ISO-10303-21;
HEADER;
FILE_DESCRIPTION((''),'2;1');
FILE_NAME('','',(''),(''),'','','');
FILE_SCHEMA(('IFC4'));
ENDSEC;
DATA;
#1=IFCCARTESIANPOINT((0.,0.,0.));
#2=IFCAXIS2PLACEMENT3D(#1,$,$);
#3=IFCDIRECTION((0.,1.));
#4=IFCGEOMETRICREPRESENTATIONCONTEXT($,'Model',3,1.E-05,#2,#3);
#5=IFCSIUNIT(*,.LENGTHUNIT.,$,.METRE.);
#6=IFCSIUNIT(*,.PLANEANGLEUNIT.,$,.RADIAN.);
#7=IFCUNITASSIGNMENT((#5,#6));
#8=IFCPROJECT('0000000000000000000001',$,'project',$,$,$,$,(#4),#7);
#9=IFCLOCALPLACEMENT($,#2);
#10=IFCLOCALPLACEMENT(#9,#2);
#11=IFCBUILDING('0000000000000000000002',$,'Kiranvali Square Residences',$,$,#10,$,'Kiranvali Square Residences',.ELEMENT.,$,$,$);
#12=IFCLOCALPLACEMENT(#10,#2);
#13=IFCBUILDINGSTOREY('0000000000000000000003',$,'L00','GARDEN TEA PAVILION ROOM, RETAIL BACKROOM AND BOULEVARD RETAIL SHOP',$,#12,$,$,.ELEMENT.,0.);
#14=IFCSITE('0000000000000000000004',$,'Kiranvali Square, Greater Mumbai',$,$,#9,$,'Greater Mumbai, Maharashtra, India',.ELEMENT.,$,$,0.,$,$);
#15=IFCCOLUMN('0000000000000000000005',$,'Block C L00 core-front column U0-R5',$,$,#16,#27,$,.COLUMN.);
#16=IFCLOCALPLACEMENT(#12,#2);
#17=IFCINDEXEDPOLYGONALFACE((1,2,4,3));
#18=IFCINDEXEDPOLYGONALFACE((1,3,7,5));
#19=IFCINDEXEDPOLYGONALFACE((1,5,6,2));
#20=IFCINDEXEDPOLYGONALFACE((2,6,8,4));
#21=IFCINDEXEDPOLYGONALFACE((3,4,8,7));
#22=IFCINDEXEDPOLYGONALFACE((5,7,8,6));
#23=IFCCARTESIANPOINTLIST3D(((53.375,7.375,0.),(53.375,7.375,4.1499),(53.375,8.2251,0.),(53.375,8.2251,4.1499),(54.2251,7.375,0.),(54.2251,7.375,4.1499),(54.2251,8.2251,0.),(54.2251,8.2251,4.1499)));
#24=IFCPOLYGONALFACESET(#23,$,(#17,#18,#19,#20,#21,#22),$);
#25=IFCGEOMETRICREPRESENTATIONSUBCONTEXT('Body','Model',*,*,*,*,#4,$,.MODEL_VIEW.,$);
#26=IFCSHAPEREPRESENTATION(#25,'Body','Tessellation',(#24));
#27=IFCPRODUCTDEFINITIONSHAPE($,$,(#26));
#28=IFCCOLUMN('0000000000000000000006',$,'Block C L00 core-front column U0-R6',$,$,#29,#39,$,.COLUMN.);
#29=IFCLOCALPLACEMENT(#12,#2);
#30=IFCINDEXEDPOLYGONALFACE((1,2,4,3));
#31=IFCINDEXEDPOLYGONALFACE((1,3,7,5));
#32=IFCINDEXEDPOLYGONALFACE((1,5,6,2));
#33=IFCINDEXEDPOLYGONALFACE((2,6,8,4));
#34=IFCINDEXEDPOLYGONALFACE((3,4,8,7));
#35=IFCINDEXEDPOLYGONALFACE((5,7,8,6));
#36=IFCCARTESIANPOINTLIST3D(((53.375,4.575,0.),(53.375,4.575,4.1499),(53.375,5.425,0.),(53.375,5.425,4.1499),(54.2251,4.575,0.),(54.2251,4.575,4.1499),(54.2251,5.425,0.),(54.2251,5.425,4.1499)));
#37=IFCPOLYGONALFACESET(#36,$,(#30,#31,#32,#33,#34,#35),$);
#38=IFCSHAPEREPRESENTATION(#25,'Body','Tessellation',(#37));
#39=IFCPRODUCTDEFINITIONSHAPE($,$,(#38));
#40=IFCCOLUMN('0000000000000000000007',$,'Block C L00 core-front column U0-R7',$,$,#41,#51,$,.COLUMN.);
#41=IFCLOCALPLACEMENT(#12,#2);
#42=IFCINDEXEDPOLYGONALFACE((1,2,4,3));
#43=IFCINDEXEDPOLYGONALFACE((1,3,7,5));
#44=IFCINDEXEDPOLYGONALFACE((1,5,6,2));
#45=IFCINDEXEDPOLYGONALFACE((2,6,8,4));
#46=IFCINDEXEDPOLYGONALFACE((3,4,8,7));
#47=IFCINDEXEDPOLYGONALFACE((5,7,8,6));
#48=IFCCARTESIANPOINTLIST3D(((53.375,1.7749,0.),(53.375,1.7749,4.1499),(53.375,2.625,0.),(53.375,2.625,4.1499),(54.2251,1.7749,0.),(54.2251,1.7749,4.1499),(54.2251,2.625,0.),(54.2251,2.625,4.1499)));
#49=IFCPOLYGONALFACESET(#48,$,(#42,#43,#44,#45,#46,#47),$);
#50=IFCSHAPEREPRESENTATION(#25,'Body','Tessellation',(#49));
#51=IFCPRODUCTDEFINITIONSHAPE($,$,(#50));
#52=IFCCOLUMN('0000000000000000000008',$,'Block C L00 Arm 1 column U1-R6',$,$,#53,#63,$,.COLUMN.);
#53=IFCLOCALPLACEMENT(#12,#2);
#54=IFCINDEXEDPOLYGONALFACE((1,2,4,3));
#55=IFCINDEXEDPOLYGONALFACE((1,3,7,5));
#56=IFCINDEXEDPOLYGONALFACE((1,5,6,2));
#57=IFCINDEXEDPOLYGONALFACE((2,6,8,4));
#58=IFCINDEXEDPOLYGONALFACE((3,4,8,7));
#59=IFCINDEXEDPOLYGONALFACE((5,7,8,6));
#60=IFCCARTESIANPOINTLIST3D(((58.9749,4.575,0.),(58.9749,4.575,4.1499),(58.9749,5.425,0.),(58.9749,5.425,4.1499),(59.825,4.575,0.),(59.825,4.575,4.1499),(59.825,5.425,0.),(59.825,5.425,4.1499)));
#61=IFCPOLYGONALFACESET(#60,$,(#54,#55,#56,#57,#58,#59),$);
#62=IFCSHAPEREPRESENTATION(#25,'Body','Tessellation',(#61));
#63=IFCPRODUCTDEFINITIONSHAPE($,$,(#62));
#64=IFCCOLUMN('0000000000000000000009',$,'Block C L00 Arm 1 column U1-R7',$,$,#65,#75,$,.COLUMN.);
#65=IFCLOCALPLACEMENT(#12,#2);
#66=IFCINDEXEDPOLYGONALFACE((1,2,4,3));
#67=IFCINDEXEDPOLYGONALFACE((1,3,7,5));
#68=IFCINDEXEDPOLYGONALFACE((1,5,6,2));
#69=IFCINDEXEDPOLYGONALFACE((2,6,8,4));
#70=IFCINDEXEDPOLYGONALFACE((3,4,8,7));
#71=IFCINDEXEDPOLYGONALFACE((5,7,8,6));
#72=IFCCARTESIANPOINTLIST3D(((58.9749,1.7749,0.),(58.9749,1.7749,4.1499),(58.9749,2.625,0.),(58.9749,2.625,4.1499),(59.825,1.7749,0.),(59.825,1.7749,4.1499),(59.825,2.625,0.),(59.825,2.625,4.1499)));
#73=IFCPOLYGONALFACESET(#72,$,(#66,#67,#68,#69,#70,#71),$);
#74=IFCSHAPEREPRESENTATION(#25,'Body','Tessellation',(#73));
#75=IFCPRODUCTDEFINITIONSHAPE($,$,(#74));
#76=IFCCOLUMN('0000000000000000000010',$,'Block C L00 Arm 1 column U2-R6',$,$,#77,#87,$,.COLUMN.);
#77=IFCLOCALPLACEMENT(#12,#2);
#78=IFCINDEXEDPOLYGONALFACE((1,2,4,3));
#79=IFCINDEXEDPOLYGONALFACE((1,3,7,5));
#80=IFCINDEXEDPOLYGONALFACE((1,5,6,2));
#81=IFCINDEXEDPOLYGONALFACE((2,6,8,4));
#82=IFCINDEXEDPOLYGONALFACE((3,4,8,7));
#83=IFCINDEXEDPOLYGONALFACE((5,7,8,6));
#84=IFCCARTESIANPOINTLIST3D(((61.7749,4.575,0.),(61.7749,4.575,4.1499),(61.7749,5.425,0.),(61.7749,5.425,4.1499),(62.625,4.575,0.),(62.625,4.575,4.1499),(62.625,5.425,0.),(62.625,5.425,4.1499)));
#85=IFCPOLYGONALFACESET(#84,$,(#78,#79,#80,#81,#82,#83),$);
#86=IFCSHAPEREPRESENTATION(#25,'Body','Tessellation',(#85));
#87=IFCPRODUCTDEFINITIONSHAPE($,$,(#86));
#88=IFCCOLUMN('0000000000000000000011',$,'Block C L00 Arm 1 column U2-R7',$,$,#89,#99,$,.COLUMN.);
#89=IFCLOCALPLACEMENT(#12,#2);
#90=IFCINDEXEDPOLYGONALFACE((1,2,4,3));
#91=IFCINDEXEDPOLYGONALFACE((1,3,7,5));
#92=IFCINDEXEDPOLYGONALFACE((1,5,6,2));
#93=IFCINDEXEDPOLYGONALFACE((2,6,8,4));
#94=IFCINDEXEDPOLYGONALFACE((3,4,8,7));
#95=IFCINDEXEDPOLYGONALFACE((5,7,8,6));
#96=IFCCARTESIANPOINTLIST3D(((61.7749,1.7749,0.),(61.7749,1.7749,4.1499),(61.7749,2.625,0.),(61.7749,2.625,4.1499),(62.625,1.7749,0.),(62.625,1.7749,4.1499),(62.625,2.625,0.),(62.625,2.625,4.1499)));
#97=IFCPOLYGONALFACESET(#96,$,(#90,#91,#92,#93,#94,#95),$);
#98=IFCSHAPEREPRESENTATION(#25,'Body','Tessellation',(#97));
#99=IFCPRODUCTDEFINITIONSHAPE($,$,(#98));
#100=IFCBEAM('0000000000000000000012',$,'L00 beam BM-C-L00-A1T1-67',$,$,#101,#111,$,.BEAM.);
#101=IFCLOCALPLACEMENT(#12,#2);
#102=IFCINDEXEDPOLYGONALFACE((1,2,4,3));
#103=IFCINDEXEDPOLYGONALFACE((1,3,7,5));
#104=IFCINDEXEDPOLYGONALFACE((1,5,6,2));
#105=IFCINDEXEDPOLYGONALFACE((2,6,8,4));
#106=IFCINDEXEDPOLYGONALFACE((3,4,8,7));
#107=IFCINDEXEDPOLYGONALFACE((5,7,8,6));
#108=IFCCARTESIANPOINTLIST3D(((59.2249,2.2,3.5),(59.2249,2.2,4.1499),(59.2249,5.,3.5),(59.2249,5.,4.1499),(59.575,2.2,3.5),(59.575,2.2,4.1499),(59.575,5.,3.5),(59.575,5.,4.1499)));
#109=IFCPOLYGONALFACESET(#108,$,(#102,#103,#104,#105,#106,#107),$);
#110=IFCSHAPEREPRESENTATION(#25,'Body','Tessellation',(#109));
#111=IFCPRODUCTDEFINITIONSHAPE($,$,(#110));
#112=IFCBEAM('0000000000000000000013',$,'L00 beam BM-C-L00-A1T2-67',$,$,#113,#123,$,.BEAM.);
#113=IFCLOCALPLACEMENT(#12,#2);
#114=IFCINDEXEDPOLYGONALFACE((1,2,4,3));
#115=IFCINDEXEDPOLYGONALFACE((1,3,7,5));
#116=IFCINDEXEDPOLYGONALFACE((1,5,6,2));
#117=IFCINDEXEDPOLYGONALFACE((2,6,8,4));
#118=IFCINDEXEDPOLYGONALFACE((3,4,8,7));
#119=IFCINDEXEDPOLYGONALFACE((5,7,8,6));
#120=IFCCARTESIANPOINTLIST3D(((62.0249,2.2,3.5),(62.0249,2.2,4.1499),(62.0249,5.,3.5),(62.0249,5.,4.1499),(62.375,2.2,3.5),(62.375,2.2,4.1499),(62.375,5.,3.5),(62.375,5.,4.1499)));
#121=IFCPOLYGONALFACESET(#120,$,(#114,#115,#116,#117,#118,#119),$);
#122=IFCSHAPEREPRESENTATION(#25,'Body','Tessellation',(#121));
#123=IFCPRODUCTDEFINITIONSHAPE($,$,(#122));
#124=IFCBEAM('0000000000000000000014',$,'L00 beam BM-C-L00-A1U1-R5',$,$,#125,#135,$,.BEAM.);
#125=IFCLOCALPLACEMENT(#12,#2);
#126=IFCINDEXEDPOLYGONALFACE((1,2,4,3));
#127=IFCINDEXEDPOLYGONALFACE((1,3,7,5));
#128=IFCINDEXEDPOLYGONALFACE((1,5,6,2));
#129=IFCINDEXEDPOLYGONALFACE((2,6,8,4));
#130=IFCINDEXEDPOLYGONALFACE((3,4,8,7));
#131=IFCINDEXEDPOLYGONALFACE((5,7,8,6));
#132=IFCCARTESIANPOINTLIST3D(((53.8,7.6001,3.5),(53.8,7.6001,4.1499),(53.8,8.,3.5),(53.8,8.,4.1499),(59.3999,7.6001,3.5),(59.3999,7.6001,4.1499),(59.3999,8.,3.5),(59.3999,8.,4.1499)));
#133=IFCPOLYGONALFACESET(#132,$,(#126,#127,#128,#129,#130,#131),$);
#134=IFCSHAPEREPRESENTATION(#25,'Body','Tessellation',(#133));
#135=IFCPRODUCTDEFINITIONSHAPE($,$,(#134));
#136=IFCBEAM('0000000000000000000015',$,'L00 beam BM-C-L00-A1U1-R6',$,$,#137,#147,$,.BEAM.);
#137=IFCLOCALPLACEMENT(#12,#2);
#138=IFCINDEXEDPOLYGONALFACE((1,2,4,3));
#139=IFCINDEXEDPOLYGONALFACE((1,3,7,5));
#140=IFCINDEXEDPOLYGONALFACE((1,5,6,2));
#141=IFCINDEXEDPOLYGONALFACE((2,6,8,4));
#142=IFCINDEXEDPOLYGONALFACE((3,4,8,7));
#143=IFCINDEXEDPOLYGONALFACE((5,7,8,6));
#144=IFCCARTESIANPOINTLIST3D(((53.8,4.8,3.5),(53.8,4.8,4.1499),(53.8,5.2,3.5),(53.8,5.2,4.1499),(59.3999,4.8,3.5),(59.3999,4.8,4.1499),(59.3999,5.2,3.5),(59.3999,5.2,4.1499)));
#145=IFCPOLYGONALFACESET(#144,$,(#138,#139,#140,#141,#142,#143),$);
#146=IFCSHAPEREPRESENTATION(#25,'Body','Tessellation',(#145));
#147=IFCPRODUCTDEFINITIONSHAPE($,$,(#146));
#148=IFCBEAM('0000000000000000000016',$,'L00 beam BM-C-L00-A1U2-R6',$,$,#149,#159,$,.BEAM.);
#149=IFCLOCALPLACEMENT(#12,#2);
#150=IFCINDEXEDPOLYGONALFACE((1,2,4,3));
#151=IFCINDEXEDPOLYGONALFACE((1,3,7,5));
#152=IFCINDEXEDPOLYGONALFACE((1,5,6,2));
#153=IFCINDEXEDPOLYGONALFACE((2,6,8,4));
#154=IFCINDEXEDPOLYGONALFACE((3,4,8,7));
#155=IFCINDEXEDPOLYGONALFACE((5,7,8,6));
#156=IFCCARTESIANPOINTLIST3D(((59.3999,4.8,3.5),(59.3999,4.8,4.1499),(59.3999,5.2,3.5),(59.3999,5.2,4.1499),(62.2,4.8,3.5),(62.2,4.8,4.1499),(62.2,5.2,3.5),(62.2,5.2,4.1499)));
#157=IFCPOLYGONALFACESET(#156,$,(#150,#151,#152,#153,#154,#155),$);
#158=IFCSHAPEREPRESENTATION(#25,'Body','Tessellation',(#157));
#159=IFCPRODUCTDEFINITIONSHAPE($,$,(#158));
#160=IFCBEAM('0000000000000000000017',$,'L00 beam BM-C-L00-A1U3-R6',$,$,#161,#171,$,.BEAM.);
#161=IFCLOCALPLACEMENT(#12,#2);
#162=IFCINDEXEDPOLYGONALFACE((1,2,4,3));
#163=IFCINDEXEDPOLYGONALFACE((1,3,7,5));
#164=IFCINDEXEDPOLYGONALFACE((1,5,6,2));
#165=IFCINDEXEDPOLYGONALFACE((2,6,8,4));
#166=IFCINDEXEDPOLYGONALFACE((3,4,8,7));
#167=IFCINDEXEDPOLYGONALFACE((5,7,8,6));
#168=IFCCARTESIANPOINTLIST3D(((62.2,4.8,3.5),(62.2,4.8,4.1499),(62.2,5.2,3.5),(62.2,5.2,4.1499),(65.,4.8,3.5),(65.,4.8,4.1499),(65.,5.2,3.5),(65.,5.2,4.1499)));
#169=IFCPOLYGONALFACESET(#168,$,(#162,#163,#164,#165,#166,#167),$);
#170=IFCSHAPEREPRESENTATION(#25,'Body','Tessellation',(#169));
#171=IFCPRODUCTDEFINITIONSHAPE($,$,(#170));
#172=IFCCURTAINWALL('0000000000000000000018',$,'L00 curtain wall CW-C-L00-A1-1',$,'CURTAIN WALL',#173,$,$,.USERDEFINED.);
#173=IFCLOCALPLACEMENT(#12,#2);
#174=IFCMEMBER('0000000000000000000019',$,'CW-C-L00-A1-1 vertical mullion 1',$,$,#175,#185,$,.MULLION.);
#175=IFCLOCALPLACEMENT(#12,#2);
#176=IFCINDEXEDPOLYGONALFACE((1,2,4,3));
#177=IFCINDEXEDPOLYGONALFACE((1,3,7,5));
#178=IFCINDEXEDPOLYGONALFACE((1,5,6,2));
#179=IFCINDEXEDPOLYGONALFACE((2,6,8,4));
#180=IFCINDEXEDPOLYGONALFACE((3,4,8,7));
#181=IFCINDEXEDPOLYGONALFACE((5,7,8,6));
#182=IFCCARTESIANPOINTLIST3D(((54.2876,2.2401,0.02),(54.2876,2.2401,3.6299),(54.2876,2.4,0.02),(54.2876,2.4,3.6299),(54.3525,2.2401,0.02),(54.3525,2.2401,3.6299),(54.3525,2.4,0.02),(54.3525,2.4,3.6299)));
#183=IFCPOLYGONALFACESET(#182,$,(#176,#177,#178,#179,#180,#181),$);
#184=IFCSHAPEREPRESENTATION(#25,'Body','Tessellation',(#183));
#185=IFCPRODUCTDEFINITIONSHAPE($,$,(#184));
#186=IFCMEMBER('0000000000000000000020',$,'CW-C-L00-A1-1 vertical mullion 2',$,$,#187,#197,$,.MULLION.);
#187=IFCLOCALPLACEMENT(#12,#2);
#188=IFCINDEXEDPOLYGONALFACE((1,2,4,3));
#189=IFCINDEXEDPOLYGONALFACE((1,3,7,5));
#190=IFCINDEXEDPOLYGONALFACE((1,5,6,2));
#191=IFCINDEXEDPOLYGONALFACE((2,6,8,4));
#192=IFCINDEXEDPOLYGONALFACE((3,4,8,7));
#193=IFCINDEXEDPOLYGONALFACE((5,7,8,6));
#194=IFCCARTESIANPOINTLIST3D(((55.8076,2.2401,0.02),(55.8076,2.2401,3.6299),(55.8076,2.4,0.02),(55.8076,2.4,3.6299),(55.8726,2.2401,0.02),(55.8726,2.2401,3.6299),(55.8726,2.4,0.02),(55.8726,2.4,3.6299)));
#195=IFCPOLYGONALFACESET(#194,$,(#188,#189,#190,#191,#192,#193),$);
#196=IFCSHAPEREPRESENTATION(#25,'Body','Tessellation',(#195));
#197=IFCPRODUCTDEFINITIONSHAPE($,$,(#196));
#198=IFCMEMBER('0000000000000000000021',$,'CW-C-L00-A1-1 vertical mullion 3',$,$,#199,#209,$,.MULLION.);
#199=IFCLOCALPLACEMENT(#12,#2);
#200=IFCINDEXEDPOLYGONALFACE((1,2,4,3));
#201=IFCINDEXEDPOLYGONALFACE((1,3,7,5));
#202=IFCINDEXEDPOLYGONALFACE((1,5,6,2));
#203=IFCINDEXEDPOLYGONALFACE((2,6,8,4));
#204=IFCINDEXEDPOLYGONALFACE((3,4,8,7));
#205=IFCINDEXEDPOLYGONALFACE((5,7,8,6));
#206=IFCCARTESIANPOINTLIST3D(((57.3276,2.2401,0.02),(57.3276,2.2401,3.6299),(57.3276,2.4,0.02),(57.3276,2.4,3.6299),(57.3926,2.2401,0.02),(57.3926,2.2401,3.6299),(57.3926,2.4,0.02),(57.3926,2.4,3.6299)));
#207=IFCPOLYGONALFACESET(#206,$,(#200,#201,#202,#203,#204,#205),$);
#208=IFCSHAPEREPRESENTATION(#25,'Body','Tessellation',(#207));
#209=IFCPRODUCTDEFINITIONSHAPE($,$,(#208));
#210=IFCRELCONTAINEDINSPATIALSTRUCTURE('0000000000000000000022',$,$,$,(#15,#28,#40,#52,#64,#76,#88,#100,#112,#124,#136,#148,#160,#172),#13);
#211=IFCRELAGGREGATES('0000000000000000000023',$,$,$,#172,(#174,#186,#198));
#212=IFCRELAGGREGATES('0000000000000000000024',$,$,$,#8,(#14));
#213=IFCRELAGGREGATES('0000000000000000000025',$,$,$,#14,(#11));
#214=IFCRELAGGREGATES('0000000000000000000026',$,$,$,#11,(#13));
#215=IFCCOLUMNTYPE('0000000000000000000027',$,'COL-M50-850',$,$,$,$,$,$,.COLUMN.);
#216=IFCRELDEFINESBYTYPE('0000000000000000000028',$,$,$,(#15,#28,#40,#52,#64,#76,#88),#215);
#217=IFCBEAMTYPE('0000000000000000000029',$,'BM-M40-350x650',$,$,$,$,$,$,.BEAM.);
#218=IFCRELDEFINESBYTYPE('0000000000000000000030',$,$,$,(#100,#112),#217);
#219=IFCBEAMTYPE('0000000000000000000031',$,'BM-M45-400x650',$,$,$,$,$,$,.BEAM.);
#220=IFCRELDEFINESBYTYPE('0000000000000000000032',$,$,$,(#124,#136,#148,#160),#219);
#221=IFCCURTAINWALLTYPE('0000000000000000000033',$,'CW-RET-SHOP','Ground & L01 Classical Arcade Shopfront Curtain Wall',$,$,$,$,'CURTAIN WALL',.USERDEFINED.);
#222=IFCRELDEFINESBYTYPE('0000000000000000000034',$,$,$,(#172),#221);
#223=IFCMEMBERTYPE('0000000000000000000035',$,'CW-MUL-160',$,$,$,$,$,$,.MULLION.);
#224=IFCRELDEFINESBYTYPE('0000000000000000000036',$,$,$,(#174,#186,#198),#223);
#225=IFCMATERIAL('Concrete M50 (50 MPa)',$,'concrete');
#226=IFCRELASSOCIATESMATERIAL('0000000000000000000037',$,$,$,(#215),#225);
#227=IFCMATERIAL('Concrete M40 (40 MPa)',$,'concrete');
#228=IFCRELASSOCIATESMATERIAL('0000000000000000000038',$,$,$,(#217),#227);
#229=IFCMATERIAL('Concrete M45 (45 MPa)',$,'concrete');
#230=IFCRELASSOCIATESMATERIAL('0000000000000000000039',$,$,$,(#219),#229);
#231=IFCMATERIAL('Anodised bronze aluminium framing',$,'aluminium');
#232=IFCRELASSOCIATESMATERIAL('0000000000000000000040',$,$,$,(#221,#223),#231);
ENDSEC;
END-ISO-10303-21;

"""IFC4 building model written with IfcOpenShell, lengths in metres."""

from ifc_helpers import new_model, si_unit, direction, frame, origin, origin_2d, place, context, subcontext, project, spatial, rectangle, extrude, material, material_profile, profile_set, type_object, element, aggregate, save


model = new_model("IFC4")

# Units and contexts
model_context = context("Model", 3, precision=1e-05, world=origin(), true_north=direction((0.0, 1.0)))
body_context = subcontext(model_context, "Body", "Model", "MODEL_VIEW")
ifc_project = project(units=[si_unit("LENGTHUNIT", "METRE"), si_unit("PLANEANGLEUNIT", "RADIAN")], contexts=[model_context])

# Site, building, storey
site_placement = place(None, origin())
site = spatial("IfcSite", under=ifc_project, at=site_placement, Name="Kiranvali Square, Greater Mumbai", LongName="Greater Mumbai, Maharashtra, India", CompositionType="ELEMENT", RefElevation=0.0)
building_placement = place(site_placement, origin())
building = spatial("IfcBuilding", under=site, at=building_placement, Name="Kiranvali Square Residences", LongName="Kiranvali Square Residences", CompositionType="ELEMENT")
storey_placement = place(building_placement, origin())
storey = spatial("IfcBuildingStorey", under=building, at=storey_placement, Name="L00", Description="GARDEN TEA PAVILION ROOM, RETAIL BACKROOM AND BOULEVARD RETAIL SHOP", CompositionType="ELEMENT", Elevation=0.0)

# Columns
ifc_material_1 = material(Name="Concrete M50 (50 MPa)", Category="concrete")
ifc_material_profile_1 = material_profile(ifc_material_1, rectangle(XDim=0.8501, YDim=0.8501, at=origin_2d()), Name="RC 850x850")
ifc_profile_set_1 = profile_set([ifc_material_profile_1], Name="Concrete M50 (50 MPa)")
column_type = type_object("IfcColumnType", Name="COL-M50-850", PredefinedType="COLUMN", material=ifc_profile_set_1)
for number, where, z_axis, x_axis, name in (
    (1, (53.8, 7.8, 0.0), (0.0, 0.0, 1.0), (1.0, 0.0, 0.0), "Block C L00 core-front column U0-R5"),
    (2, (53.8, 5.0, 0.0), (0.0, 0.0, 1.0), (1.0, 0.0, 0.0), "Block C L00 core-front column U0-R6"),
    (3, (53.8, 2.2, 0.0), (0.0, 0.0, 1.0), (1.0, 0.0, 0.0), "Block C L00 core-front column U0-R7"),
    (4, (59.3999, 5.0, 0.0), (0.0, 0.0, 1.0), (1.0, 0.0, 0.0), "Block C L00 Arm 1 column U1-R6"),
    (5, (59.3999, 2.2, 0.0), (0.0, 0.0, 1.0), (1.0, 0.0, 0.0), "Block C L00 Arm 1 column U1-R7"),
    (6, (62.2, 5.0, 0.0), (0.0, 0.0, 1.0), (1.0, 0.0, 0.0), "Block C L00 Arm 1 column U2-R6"),
    (7, (62.2, 2.2, 0.0), (0.0, 0.0, 1.0), (1.0, 0.0, 0.0), "Block C L00 Arm 1 column U2-R7"),
):
    element("IfcColumn", number, at=place(storey_placement, frame(where, z_axis=z_axis, x_axis=x_axis)), inside=storey, type_object=column_type, Name=name, PredefinedType="COLUMN", context=body_context, shape_type="SweptSolid", body=[
        extrude(rectangle(XDim=0.8501, YDim=0.8501, at=origin_2d()), origin(), (0.0, 0.0, 1.0), 4.1499),
    ])

# Beams
ifc_material_2 = material(Name="Concrete M40 (40 MPa)", Category="concrete")
ifc_material_profile_2 = material_profile(ifc_material_2, rectangle(XDim=0.3501, YDim=0.6499, at=origin_2d()), Name="RC 350x650")
ifc_profile_set_2 = profile_set([ifc_material_profile_2], Name="Concrete M40 (40 MPa)")
beam_type_1 = type_object("IfcBeamType", Name="BM-M40-350x650", PredefinedType="BEAM", material=ifc_profile_set_2)
for number, where, z_axis, x_axis, name in (
    (8, (59.3999, 5.0, 3.825), (0.0, -1.0, 0.0), (1.0, 0.0, 0.0), "L00 beam BM-C-L00-A1T1-67"),
    (9, (62.2, 5.0, 3.825), (0.0, -1.0, 0.0), (1.0, 0.0, 0.0), "L00 beam BM-C-L00-A1T2-67"),
):
    element("IfcBeam", number, at=place(storey_placement, frame(where, z_axis=z_axis, x_axis=x_axis)), inside=storey, type_object=beam_type_1, Name=name, PredefinedType="BEAM", context=body_context, shape_type="SweptSolid", body=[
        extrude(rectangle(XDim=0.3501, YDim=0.6499, at=origin_2d()), origin(), (0.0, 0.0, 1.0), 2.8),
    ])
ifc_material_3 = material(Name="Concrete M45 (45 MPa)", Category="concrete")
ifc_material_profile_3 = material_profile(ifc_material_3, rectangle(XDim=0.3999, YDim=0.6499, at=origin_2d()), Name="RC 400x650")
ifc_profile_set_3 = profile_set([ifc_material_profile_3], Name="Concrete M45 (45 MPa)")
beam_type_2 = type_object("IfcBeamType", Name="BM-M45-400x650", PredefinedType="BEAM", material=ifc_profile_set_3)
for number, where, z_axis, x_axis, name in (
    (10, (53.8, 7.8, 3.825), (1.0, 0.0, 0.0), (0.0, 1.0, 0.0), "L00 beam BM-C-L00-A1U1-R5"),
    (11, (53.8, 5.0, 3.825), (1.0, 0.0, 0.0), (0.0, 1.0, 0.0), "L00 beam BM-C-L00-A1U1-R6"),
):
    element("IfcBeam", number, at=place(storey_placement, frame(where, z_axis=z_axis, x_axis=x_axis)), inside=storey, type_object=beam_type_2, Name=name, PredefinedType="BEAM", context=body_context, shape_type="SweptSolid", body=[
        extrude(rectangle(XDim=0.3999, YDim=0.6499, at=origin_2d()), origin(), (0.0, 0.0, 1.0), 5.5999),
    ])
for number, where, z_axis, x_axis, name in (
    (12, (59.3999, 5.0, 3.825), (1.0, 0.0, 0.0), (0.0, 1.0, 0.0), "L00 beam BM-C-L00-A1U2-R6"),
    (13, (62.2, 5.0, 3.825), (1.0, 0.0, 0.0), (0.0, 1.0, 0.0), "L00 beam BM-C-L00-A1U3-R6"),
):
    element("IfcBeam", number, at=place(storey_placement, frame(where, z_axis=z_axis, x_axis=x_axis)), inside=storey, type_object=beam_type_2, Name=name, PredefinedType="BEAM", context=body_context, shape_type="SweptSolid", body=[
        extrude(rectangle(XDim=0.3999, YDim=0.6499, at=origin_2d()), origin(), (0.0, 0.0, 1.0), 2.8),
    ])

# Curtain wall, members
ifc_material_4 = material(Name="Anodised bronze aluminium framing", Category="aluminium")
curtain_wall_type = type_object("IfcCurtainWallType", Name="CW-RET-SHOP", Description="Ground & L01 Classical Arcade Shopfront Curtain Wall", ElementType="CURTAIN WALL", PredefinedType="USERDEFINED", material=ifc_material_4)
curtain_wall_placement = place(storey_placement, origin())
curtain_wall = element("IfcCurtainWall", 14, at=curtain_wall_placement, inside=storey, type_object=curtain_wall_type, Name="L00 curtain wall CW-C-L00-A1-1", ObjectType="CURTAIN WALL", PredefinedType="USERDEFINED")
ifc_material_profile_4 = material_profile(ifc_material_4, rectangle(XDim=0.0649, YDim=0.1599, at=origin_2d()), Name="ALU 65x160")
ifc_profile_set_4 = profile_set([ifc_material_profile_4], Name="Anodised bronze aluminium framing")
member_type_1 = type_object("IfcMemberType", Name="CW-MUL-160", PredefinedType="MULLION", material=ifc_profile_set_4)
member_1_placement = place(storey_placement, frame((54.3201, 2.3201, 0.02), z_axis=(0.0, 0.0, 1.0), x_axis=(1.0, 0.0, 0.0)))
member_1 = element("IfcMember", 15, at=member_1_placement, type_object=member_type_1, Name="CW-C-L00-A1-1 vertical mullion 1", PredefinedType="MULLION", context=body_context, shape_type="SweptSolid", body=[
    extrude(rectangle(XDim=0.0649, YDim=0.1599, at=origin_2d()), origin(), (0.0, 0.0, 1.0), 3.6099),
])
member_2_placement = place(storey_placement, frame((55.8401, 2.3201, 0.02), z_axis=(0.0, 0.0, 1.0), x_axis=(1.0, 0.0, 0.0)))
member_2 = element("IfcMember", 16, at=member_2_placement, type_object=member_type_1, Name="CW-C-L00-A1-1 vertical mullion 2", PredefinedType="MULLION", context=body_context, shape_type="SweptSolid", body=[
    extrude(rectangle(XDim=0.0649, YDim=0.1599, at=origin_2d()), origin(), (0.0, 0.0, 1.0), 3.6099),
])
member_3_placement = place(storey_placement, frame((57.3601, 2.3201, 0.02), z_axis=(0.0, 0.0, 1.0), x_axis=(1.0, 0.0, 0.0)))
member_3 = element("IfcMember", 17, at=member_3_placement, type_object=member_type_1, Name="CW-C-L00-A1-1 vertical mullion 3", PredefinedType="MULLION", context=body_context, shape_type="SweptSolid", body=[
    extrude(rectangle(XDim=0.0649, YDim=0.1599, at=origin_2d()), origin(), (0.0, 0.0, 1.0), 3.6099),
])

aggregate(curtain_wall, [member_1, member_2, member_3])

save(model, "model.ifc")
